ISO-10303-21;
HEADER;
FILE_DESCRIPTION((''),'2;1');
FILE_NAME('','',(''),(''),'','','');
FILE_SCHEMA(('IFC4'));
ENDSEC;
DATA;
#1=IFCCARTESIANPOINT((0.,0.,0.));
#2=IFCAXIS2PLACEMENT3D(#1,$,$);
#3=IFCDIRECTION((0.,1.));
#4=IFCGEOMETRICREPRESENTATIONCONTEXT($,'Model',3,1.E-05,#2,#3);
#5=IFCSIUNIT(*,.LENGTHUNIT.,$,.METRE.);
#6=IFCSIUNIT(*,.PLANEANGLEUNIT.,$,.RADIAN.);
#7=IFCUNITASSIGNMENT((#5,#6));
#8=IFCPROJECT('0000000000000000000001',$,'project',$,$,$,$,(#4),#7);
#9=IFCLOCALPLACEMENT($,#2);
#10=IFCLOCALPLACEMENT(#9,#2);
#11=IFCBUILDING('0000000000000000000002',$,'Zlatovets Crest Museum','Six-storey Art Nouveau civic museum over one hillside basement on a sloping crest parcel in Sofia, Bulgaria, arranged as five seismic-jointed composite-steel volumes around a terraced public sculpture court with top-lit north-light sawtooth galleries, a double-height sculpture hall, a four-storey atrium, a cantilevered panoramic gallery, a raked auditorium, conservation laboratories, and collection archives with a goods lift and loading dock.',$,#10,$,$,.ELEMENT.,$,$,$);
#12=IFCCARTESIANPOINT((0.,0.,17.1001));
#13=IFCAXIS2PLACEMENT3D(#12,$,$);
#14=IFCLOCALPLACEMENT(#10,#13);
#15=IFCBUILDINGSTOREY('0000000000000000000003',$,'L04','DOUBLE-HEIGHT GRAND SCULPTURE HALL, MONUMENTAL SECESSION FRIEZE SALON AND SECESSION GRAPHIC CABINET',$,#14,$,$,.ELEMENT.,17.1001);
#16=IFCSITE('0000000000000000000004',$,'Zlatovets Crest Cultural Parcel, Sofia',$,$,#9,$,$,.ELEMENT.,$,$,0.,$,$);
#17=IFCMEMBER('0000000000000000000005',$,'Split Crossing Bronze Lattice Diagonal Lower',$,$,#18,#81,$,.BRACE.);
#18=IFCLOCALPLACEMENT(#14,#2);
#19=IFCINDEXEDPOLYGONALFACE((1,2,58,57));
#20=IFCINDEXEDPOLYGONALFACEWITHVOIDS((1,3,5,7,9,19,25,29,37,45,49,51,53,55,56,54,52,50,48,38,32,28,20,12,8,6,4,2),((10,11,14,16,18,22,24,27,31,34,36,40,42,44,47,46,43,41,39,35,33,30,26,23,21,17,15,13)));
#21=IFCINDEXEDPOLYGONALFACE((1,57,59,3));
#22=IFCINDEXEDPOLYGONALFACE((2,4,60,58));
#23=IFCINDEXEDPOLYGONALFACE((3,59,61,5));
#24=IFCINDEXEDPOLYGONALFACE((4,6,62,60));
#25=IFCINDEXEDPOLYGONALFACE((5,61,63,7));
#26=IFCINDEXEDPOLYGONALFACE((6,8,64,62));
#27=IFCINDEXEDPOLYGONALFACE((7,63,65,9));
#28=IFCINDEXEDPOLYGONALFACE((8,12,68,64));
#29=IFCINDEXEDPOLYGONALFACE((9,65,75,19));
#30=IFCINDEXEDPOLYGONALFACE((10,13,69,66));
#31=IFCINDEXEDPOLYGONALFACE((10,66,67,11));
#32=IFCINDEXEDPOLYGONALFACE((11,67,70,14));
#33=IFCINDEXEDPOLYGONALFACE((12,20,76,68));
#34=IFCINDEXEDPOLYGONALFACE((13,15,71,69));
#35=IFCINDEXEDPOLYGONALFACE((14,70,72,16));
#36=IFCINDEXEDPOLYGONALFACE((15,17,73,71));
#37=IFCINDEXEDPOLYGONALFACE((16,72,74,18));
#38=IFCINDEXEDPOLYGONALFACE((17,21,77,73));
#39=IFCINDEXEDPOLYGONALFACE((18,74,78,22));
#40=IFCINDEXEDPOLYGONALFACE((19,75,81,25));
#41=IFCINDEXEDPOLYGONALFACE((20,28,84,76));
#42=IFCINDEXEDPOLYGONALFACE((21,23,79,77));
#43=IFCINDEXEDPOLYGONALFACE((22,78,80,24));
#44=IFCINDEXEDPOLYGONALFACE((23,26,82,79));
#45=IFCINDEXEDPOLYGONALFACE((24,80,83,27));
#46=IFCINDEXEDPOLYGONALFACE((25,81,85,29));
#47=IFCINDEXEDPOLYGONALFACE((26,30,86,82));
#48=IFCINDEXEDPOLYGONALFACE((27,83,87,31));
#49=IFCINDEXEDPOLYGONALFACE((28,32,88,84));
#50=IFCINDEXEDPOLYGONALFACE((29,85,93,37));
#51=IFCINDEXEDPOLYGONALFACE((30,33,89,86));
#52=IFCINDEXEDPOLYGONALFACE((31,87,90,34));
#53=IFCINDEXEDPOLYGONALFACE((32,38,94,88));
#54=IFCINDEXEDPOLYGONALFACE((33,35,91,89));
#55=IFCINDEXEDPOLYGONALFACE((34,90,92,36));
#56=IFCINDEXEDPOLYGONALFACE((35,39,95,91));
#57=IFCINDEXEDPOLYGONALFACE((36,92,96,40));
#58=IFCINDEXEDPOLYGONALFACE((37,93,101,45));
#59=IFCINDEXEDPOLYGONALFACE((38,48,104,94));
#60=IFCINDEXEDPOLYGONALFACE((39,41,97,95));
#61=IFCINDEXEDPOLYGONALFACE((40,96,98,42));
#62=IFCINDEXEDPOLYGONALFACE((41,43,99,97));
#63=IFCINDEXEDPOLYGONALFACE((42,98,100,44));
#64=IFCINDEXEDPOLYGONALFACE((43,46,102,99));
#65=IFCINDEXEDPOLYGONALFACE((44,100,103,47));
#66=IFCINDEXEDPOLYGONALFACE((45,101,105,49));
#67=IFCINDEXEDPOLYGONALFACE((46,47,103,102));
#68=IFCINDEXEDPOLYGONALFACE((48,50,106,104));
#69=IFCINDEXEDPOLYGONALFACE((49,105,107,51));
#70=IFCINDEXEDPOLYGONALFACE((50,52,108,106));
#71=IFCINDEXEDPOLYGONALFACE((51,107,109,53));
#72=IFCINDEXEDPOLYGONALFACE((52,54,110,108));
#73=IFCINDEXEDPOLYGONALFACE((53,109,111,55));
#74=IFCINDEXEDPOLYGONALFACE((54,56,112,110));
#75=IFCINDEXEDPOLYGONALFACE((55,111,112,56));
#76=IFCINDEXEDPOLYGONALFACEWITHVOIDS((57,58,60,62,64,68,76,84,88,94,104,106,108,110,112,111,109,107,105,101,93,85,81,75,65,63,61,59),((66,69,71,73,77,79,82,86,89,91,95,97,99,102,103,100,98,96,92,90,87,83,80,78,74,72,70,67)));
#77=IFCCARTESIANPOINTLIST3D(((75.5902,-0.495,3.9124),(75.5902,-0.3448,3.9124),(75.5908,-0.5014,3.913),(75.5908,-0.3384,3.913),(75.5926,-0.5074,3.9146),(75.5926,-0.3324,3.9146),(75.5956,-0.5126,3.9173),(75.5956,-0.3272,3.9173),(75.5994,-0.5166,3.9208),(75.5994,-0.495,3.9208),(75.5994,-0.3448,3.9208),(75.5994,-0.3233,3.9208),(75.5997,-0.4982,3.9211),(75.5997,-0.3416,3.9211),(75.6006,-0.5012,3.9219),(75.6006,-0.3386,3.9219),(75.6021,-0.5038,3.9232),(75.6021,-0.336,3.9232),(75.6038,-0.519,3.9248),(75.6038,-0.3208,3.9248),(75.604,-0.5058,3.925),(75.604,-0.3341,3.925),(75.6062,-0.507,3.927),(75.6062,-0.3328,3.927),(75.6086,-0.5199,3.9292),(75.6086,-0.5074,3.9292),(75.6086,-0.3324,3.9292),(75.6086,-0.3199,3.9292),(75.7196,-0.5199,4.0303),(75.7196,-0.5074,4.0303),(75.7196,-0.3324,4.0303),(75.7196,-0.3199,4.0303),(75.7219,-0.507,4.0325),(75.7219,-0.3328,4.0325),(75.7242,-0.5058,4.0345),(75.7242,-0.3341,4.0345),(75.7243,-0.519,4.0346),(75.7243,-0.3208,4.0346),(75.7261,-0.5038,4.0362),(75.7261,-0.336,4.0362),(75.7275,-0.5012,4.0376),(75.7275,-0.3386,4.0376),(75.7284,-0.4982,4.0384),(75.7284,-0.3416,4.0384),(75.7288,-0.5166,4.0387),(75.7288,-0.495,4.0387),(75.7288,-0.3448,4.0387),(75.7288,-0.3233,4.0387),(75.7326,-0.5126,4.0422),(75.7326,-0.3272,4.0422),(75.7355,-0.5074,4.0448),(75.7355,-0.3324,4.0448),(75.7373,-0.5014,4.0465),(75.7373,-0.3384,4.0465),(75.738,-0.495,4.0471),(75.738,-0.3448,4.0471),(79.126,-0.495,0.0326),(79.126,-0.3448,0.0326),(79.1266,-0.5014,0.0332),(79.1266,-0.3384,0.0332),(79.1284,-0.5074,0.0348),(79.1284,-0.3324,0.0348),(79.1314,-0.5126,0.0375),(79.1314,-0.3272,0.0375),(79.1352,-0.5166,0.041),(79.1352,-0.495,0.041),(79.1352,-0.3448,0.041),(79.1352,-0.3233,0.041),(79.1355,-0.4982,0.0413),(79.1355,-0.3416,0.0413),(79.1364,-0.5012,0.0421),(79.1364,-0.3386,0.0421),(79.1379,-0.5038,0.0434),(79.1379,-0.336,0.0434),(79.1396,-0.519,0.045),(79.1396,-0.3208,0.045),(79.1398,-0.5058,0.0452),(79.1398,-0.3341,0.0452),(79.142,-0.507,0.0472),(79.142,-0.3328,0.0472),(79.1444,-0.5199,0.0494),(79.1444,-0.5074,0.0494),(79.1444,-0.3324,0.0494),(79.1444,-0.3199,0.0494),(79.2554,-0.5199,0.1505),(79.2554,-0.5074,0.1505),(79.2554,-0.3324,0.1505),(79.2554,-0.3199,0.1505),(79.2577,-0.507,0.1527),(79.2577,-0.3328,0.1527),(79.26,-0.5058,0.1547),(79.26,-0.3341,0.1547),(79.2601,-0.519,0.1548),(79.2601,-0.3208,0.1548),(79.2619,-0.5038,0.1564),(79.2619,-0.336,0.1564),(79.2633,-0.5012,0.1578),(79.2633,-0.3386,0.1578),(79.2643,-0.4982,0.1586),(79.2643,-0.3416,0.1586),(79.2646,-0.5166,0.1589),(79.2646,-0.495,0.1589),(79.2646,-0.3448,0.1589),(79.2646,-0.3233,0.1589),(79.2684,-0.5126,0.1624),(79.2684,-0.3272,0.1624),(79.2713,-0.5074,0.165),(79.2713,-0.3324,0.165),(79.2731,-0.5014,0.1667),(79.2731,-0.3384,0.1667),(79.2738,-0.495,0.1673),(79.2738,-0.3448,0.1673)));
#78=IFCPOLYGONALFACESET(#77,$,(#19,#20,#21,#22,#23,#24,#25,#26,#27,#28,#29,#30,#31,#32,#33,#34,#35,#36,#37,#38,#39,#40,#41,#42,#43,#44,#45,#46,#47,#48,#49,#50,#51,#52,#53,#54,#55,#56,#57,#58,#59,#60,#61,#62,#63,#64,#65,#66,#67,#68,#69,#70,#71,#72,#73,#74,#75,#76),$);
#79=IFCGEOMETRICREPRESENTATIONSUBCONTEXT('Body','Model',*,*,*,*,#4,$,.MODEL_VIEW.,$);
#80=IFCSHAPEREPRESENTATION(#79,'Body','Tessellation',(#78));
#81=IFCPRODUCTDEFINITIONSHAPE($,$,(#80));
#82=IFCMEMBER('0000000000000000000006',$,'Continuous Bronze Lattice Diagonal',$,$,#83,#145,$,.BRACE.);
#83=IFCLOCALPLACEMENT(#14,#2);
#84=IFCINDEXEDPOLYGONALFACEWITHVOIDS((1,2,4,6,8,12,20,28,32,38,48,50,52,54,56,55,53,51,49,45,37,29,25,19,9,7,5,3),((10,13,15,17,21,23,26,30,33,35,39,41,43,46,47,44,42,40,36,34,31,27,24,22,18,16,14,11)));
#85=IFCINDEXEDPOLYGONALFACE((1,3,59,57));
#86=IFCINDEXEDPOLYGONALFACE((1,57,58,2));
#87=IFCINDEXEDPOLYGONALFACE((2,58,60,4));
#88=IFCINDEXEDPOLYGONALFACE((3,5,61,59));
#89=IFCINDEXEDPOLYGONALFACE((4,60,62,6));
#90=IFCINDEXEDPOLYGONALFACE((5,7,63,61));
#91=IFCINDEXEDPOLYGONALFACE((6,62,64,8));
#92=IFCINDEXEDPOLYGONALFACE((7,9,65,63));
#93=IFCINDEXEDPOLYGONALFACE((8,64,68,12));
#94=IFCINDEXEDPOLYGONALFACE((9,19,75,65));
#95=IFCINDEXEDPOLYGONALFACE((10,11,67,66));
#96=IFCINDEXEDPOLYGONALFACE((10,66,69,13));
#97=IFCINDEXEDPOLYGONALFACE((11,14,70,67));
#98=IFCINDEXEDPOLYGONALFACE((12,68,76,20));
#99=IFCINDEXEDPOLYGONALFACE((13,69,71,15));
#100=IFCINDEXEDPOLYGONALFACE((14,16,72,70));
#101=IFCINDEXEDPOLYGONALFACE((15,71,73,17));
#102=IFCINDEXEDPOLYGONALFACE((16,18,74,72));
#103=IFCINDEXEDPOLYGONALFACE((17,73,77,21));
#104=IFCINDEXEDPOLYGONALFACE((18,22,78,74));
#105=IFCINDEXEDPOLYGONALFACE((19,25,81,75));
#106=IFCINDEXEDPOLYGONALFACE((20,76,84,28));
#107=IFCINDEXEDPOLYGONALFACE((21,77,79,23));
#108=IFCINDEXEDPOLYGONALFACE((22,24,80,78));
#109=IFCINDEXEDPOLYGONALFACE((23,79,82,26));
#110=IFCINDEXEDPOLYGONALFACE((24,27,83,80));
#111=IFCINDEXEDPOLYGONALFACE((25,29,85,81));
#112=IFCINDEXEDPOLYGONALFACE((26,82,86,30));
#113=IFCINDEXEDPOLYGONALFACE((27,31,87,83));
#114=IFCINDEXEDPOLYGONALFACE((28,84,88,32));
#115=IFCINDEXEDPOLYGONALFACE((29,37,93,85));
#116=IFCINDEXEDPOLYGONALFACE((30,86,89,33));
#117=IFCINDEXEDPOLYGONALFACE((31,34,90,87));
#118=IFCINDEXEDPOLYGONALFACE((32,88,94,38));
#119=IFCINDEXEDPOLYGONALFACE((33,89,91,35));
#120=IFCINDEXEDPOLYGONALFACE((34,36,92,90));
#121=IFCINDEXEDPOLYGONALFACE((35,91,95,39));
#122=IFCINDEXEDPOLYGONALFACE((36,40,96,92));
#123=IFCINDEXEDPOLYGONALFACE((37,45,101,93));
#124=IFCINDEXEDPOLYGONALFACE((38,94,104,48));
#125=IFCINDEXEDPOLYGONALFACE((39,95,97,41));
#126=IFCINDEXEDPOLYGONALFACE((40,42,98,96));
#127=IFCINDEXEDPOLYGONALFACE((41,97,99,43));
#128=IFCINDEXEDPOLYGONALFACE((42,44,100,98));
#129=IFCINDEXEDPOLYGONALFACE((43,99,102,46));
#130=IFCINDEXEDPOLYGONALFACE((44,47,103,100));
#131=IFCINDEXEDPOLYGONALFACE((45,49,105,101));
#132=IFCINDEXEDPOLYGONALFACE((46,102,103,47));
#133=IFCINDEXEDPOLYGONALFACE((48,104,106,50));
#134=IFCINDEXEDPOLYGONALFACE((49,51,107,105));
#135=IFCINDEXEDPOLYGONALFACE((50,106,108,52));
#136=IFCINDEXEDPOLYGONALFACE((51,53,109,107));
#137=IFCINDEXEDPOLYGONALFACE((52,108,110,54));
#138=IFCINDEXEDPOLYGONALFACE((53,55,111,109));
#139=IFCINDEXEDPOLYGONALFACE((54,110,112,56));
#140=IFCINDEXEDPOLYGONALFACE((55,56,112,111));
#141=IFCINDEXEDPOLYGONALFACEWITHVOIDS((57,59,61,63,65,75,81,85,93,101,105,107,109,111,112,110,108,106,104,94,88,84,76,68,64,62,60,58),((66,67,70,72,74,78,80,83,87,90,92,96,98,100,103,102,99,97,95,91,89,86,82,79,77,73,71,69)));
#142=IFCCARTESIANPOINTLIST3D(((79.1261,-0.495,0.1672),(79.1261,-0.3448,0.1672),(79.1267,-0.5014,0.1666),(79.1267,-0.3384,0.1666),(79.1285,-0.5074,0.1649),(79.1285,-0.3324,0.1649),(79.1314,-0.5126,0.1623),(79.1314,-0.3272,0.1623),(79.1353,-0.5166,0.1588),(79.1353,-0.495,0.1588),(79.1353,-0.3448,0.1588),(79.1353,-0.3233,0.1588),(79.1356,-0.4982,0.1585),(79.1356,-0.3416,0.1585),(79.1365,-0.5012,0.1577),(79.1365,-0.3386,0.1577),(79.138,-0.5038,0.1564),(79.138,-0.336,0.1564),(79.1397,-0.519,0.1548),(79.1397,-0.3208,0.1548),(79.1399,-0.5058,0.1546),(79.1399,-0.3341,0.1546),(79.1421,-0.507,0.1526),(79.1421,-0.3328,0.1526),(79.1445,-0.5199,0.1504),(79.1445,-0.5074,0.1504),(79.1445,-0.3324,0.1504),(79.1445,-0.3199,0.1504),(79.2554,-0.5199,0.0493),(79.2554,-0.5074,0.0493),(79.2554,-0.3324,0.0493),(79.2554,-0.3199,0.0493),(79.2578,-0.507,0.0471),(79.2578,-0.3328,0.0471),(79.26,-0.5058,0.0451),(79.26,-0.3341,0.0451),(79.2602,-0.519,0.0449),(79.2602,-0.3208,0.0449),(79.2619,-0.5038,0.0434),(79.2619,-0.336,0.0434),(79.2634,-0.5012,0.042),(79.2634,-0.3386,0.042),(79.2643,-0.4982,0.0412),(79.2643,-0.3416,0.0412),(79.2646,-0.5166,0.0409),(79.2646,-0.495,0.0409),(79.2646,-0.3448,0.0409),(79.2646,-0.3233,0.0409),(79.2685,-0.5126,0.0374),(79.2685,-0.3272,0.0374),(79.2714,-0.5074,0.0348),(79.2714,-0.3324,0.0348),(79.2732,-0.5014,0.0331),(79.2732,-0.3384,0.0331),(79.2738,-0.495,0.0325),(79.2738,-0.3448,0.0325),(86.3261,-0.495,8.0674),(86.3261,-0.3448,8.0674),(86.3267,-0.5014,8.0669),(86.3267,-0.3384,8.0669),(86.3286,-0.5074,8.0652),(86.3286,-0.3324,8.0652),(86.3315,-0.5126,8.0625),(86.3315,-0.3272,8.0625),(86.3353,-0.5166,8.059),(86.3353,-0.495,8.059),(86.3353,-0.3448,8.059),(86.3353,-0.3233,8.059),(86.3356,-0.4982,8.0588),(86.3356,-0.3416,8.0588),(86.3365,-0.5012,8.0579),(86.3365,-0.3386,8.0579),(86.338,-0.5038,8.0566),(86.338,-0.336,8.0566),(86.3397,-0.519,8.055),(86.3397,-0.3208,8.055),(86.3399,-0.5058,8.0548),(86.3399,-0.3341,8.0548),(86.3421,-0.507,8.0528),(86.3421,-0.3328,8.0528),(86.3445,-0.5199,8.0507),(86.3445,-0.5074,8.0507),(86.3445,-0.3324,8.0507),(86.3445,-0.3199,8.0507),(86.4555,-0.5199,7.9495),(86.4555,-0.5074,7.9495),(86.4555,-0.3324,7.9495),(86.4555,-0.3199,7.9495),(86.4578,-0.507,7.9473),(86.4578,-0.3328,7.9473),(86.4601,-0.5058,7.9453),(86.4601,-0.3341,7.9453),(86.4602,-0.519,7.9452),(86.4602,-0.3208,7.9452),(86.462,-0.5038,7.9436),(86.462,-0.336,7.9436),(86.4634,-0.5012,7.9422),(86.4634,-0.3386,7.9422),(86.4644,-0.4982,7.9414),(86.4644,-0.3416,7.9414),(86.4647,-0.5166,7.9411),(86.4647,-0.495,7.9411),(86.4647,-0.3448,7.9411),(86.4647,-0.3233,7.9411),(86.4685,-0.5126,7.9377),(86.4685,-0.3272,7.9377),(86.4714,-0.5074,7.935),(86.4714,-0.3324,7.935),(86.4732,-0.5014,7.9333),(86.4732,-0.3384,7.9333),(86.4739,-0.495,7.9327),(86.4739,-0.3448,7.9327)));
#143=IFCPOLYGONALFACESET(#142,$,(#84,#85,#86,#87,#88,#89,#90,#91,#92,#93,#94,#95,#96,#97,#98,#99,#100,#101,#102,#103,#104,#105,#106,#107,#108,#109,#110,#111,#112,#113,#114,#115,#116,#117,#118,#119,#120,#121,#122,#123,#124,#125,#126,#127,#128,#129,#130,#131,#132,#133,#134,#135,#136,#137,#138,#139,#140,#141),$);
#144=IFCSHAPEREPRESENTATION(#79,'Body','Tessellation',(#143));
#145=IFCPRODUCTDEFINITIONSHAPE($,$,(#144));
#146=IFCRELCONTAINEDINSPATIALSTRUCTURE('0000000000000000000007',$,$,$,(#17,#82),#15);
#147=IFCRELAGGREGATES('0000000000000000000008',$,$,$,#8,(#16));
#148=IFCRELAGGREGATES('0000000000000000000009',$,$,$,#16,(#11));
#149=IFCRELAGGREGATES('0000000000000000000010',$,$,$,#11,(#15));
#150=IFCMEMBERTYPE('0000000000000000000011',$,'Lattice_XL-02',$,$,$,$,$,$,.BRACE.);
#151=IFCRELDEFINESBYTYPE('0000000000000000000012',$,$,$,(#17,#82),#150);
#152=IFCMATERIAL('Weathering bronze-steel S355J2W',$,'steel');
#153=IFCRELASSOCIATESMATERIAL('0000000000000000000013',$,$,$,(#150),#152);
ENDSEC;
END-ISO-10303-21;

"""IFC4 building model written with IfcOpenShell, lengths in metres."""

from ifc_helpers import new_model, si_unit, direction, frame, origin, origin_2d, place, context, subcontext, project, spatial, hollow_rectangle, extrude, material, material_profile, profile_set, type_object, element, save


model = new_model("IFC4")

# Units and contexts
model_context = context("Model", 3, precision=1e-05, world=origin(), true_north=direction((0.0, 1.0)))
body_context = subcontext(model_context, "Body", "Model", "MODEL_VIEW")
ifc_project = project(units=[si_unit("LENGTHUNIT", "METRE"), si_unit("PLANEANGLEUNIT", "RADIAN")], contexts=[model_context])

# Site, building, storey
site_placement = place(None, origin())
site = spatial("IfcSite", under=ifc_project, at=site_placement, Name="Zlatovets Crest Cultural Parcel, Sofia", CompositionType="ELEMENT", RefElevation=0.0)
building_placement = place(site_placement, origin())
building = spatial("IfcBuilding", under=site, at=building_placement, Name="Zlatovets Crest Museum", Description="Six-storey Art Nouveau civic museum over one hillside basement on a sloping crest parcel in Sofia, Bulgaria, arranged as five seismic-jointed composite-steel volumes around a terraced public sculpture court with top-lit north-light sawtooth galleries, a double-height sculpture hall, a four-storey atrium, a cantilevered panoramic gallery, a raked auditorium, conservation laboratories, and collection archives with a goods lift and loading dock.", CompositionType="ELEMENT")
storey_placement = place(building_placement, frame((0.0, 0.0, 17.1001)))
storey = spatial("IfcBuildingStorey", under=building, at=storey_placement, Name="L04", Description="DOUBLE-HEIGHT GRAND SCULPTURE HALL, MONUMENTAL SECESSION FRIEZE SALON AND SECESSION GRAPHIC CABINET", CompositionType="ELEMENT", Elevation=17.1001)

# Members
ifc_material_1 = material(Name="Weathering bronze-steel S355J2W", Category="steel")
ifc_material_profile_1 = material_profile(ifc_material_1, hollow_rectangle(XDim=0.2, YDim=0.2, WallThickness=0.0125, InnerFilletRadius=0.0125, OuterFilletRadius=0.0249, at=origin_2d()), Name="SHS 200x200x12.5")
ifc_profile_set_1 = profile_set([ifc_material_profile_1], Name="Weathering bronze-steel S355J2W")
member_type_1 = type_object("IfcMemberType", Name="Lattice_XL-02", PredefinedType="BRACE", material=ifc_profile_set_1)
member_1_placement = place(storey_placement, frame((75.6641, -0.4199, 3.9797), z_axis=(0.673582, 0.0, -0.739112), x_axis=(0.0, 1.0, 0.0)))
element("IfcMember", 1, at=member_1_placement, inside=storey, type_object=member_type_1, Name="Split Crossing Bronze Lattice Diagonal Lower", PredefinedType="BRACE", context=body_context, shape_type="SweptSolid", body=[
    extrude(hollow_rectangle(XDim=0.2, YDim=0.2, WallThickness=0.0125, InnerFilletRadius=0.0125, OuterFilletRadius=0.0249, at=origin_2d()), origin(), (0.0, 0.0, 1.0), 5.2493),
])
member_2_placement = place(storey_placement, frame((79.2, -0.4199, 0.0999), z_axis=(0.673594, 0.0, 0.739101), x_axis=(0.0, 1.0, 0.0)))
element("IfcMember", 2, at=member_2_placement, inside=storey, type_object=member_type_1, Name="Continuous Bronze Lattice Diagonal", PredefinedType="BRACE", context=body_context, shape_type="SweptSolid", body=[
    extrude(hollow_rectangle(XDim=0.2, YDim=0.2, WallThickness=0.0125, InnerFilletRadius=0.0125, OuterFilletRadius=0.0249, at=origin_2d()), origin(), (0.0, 0.0, 1.0), 10.689),
])

save(model, "model.ifc")
